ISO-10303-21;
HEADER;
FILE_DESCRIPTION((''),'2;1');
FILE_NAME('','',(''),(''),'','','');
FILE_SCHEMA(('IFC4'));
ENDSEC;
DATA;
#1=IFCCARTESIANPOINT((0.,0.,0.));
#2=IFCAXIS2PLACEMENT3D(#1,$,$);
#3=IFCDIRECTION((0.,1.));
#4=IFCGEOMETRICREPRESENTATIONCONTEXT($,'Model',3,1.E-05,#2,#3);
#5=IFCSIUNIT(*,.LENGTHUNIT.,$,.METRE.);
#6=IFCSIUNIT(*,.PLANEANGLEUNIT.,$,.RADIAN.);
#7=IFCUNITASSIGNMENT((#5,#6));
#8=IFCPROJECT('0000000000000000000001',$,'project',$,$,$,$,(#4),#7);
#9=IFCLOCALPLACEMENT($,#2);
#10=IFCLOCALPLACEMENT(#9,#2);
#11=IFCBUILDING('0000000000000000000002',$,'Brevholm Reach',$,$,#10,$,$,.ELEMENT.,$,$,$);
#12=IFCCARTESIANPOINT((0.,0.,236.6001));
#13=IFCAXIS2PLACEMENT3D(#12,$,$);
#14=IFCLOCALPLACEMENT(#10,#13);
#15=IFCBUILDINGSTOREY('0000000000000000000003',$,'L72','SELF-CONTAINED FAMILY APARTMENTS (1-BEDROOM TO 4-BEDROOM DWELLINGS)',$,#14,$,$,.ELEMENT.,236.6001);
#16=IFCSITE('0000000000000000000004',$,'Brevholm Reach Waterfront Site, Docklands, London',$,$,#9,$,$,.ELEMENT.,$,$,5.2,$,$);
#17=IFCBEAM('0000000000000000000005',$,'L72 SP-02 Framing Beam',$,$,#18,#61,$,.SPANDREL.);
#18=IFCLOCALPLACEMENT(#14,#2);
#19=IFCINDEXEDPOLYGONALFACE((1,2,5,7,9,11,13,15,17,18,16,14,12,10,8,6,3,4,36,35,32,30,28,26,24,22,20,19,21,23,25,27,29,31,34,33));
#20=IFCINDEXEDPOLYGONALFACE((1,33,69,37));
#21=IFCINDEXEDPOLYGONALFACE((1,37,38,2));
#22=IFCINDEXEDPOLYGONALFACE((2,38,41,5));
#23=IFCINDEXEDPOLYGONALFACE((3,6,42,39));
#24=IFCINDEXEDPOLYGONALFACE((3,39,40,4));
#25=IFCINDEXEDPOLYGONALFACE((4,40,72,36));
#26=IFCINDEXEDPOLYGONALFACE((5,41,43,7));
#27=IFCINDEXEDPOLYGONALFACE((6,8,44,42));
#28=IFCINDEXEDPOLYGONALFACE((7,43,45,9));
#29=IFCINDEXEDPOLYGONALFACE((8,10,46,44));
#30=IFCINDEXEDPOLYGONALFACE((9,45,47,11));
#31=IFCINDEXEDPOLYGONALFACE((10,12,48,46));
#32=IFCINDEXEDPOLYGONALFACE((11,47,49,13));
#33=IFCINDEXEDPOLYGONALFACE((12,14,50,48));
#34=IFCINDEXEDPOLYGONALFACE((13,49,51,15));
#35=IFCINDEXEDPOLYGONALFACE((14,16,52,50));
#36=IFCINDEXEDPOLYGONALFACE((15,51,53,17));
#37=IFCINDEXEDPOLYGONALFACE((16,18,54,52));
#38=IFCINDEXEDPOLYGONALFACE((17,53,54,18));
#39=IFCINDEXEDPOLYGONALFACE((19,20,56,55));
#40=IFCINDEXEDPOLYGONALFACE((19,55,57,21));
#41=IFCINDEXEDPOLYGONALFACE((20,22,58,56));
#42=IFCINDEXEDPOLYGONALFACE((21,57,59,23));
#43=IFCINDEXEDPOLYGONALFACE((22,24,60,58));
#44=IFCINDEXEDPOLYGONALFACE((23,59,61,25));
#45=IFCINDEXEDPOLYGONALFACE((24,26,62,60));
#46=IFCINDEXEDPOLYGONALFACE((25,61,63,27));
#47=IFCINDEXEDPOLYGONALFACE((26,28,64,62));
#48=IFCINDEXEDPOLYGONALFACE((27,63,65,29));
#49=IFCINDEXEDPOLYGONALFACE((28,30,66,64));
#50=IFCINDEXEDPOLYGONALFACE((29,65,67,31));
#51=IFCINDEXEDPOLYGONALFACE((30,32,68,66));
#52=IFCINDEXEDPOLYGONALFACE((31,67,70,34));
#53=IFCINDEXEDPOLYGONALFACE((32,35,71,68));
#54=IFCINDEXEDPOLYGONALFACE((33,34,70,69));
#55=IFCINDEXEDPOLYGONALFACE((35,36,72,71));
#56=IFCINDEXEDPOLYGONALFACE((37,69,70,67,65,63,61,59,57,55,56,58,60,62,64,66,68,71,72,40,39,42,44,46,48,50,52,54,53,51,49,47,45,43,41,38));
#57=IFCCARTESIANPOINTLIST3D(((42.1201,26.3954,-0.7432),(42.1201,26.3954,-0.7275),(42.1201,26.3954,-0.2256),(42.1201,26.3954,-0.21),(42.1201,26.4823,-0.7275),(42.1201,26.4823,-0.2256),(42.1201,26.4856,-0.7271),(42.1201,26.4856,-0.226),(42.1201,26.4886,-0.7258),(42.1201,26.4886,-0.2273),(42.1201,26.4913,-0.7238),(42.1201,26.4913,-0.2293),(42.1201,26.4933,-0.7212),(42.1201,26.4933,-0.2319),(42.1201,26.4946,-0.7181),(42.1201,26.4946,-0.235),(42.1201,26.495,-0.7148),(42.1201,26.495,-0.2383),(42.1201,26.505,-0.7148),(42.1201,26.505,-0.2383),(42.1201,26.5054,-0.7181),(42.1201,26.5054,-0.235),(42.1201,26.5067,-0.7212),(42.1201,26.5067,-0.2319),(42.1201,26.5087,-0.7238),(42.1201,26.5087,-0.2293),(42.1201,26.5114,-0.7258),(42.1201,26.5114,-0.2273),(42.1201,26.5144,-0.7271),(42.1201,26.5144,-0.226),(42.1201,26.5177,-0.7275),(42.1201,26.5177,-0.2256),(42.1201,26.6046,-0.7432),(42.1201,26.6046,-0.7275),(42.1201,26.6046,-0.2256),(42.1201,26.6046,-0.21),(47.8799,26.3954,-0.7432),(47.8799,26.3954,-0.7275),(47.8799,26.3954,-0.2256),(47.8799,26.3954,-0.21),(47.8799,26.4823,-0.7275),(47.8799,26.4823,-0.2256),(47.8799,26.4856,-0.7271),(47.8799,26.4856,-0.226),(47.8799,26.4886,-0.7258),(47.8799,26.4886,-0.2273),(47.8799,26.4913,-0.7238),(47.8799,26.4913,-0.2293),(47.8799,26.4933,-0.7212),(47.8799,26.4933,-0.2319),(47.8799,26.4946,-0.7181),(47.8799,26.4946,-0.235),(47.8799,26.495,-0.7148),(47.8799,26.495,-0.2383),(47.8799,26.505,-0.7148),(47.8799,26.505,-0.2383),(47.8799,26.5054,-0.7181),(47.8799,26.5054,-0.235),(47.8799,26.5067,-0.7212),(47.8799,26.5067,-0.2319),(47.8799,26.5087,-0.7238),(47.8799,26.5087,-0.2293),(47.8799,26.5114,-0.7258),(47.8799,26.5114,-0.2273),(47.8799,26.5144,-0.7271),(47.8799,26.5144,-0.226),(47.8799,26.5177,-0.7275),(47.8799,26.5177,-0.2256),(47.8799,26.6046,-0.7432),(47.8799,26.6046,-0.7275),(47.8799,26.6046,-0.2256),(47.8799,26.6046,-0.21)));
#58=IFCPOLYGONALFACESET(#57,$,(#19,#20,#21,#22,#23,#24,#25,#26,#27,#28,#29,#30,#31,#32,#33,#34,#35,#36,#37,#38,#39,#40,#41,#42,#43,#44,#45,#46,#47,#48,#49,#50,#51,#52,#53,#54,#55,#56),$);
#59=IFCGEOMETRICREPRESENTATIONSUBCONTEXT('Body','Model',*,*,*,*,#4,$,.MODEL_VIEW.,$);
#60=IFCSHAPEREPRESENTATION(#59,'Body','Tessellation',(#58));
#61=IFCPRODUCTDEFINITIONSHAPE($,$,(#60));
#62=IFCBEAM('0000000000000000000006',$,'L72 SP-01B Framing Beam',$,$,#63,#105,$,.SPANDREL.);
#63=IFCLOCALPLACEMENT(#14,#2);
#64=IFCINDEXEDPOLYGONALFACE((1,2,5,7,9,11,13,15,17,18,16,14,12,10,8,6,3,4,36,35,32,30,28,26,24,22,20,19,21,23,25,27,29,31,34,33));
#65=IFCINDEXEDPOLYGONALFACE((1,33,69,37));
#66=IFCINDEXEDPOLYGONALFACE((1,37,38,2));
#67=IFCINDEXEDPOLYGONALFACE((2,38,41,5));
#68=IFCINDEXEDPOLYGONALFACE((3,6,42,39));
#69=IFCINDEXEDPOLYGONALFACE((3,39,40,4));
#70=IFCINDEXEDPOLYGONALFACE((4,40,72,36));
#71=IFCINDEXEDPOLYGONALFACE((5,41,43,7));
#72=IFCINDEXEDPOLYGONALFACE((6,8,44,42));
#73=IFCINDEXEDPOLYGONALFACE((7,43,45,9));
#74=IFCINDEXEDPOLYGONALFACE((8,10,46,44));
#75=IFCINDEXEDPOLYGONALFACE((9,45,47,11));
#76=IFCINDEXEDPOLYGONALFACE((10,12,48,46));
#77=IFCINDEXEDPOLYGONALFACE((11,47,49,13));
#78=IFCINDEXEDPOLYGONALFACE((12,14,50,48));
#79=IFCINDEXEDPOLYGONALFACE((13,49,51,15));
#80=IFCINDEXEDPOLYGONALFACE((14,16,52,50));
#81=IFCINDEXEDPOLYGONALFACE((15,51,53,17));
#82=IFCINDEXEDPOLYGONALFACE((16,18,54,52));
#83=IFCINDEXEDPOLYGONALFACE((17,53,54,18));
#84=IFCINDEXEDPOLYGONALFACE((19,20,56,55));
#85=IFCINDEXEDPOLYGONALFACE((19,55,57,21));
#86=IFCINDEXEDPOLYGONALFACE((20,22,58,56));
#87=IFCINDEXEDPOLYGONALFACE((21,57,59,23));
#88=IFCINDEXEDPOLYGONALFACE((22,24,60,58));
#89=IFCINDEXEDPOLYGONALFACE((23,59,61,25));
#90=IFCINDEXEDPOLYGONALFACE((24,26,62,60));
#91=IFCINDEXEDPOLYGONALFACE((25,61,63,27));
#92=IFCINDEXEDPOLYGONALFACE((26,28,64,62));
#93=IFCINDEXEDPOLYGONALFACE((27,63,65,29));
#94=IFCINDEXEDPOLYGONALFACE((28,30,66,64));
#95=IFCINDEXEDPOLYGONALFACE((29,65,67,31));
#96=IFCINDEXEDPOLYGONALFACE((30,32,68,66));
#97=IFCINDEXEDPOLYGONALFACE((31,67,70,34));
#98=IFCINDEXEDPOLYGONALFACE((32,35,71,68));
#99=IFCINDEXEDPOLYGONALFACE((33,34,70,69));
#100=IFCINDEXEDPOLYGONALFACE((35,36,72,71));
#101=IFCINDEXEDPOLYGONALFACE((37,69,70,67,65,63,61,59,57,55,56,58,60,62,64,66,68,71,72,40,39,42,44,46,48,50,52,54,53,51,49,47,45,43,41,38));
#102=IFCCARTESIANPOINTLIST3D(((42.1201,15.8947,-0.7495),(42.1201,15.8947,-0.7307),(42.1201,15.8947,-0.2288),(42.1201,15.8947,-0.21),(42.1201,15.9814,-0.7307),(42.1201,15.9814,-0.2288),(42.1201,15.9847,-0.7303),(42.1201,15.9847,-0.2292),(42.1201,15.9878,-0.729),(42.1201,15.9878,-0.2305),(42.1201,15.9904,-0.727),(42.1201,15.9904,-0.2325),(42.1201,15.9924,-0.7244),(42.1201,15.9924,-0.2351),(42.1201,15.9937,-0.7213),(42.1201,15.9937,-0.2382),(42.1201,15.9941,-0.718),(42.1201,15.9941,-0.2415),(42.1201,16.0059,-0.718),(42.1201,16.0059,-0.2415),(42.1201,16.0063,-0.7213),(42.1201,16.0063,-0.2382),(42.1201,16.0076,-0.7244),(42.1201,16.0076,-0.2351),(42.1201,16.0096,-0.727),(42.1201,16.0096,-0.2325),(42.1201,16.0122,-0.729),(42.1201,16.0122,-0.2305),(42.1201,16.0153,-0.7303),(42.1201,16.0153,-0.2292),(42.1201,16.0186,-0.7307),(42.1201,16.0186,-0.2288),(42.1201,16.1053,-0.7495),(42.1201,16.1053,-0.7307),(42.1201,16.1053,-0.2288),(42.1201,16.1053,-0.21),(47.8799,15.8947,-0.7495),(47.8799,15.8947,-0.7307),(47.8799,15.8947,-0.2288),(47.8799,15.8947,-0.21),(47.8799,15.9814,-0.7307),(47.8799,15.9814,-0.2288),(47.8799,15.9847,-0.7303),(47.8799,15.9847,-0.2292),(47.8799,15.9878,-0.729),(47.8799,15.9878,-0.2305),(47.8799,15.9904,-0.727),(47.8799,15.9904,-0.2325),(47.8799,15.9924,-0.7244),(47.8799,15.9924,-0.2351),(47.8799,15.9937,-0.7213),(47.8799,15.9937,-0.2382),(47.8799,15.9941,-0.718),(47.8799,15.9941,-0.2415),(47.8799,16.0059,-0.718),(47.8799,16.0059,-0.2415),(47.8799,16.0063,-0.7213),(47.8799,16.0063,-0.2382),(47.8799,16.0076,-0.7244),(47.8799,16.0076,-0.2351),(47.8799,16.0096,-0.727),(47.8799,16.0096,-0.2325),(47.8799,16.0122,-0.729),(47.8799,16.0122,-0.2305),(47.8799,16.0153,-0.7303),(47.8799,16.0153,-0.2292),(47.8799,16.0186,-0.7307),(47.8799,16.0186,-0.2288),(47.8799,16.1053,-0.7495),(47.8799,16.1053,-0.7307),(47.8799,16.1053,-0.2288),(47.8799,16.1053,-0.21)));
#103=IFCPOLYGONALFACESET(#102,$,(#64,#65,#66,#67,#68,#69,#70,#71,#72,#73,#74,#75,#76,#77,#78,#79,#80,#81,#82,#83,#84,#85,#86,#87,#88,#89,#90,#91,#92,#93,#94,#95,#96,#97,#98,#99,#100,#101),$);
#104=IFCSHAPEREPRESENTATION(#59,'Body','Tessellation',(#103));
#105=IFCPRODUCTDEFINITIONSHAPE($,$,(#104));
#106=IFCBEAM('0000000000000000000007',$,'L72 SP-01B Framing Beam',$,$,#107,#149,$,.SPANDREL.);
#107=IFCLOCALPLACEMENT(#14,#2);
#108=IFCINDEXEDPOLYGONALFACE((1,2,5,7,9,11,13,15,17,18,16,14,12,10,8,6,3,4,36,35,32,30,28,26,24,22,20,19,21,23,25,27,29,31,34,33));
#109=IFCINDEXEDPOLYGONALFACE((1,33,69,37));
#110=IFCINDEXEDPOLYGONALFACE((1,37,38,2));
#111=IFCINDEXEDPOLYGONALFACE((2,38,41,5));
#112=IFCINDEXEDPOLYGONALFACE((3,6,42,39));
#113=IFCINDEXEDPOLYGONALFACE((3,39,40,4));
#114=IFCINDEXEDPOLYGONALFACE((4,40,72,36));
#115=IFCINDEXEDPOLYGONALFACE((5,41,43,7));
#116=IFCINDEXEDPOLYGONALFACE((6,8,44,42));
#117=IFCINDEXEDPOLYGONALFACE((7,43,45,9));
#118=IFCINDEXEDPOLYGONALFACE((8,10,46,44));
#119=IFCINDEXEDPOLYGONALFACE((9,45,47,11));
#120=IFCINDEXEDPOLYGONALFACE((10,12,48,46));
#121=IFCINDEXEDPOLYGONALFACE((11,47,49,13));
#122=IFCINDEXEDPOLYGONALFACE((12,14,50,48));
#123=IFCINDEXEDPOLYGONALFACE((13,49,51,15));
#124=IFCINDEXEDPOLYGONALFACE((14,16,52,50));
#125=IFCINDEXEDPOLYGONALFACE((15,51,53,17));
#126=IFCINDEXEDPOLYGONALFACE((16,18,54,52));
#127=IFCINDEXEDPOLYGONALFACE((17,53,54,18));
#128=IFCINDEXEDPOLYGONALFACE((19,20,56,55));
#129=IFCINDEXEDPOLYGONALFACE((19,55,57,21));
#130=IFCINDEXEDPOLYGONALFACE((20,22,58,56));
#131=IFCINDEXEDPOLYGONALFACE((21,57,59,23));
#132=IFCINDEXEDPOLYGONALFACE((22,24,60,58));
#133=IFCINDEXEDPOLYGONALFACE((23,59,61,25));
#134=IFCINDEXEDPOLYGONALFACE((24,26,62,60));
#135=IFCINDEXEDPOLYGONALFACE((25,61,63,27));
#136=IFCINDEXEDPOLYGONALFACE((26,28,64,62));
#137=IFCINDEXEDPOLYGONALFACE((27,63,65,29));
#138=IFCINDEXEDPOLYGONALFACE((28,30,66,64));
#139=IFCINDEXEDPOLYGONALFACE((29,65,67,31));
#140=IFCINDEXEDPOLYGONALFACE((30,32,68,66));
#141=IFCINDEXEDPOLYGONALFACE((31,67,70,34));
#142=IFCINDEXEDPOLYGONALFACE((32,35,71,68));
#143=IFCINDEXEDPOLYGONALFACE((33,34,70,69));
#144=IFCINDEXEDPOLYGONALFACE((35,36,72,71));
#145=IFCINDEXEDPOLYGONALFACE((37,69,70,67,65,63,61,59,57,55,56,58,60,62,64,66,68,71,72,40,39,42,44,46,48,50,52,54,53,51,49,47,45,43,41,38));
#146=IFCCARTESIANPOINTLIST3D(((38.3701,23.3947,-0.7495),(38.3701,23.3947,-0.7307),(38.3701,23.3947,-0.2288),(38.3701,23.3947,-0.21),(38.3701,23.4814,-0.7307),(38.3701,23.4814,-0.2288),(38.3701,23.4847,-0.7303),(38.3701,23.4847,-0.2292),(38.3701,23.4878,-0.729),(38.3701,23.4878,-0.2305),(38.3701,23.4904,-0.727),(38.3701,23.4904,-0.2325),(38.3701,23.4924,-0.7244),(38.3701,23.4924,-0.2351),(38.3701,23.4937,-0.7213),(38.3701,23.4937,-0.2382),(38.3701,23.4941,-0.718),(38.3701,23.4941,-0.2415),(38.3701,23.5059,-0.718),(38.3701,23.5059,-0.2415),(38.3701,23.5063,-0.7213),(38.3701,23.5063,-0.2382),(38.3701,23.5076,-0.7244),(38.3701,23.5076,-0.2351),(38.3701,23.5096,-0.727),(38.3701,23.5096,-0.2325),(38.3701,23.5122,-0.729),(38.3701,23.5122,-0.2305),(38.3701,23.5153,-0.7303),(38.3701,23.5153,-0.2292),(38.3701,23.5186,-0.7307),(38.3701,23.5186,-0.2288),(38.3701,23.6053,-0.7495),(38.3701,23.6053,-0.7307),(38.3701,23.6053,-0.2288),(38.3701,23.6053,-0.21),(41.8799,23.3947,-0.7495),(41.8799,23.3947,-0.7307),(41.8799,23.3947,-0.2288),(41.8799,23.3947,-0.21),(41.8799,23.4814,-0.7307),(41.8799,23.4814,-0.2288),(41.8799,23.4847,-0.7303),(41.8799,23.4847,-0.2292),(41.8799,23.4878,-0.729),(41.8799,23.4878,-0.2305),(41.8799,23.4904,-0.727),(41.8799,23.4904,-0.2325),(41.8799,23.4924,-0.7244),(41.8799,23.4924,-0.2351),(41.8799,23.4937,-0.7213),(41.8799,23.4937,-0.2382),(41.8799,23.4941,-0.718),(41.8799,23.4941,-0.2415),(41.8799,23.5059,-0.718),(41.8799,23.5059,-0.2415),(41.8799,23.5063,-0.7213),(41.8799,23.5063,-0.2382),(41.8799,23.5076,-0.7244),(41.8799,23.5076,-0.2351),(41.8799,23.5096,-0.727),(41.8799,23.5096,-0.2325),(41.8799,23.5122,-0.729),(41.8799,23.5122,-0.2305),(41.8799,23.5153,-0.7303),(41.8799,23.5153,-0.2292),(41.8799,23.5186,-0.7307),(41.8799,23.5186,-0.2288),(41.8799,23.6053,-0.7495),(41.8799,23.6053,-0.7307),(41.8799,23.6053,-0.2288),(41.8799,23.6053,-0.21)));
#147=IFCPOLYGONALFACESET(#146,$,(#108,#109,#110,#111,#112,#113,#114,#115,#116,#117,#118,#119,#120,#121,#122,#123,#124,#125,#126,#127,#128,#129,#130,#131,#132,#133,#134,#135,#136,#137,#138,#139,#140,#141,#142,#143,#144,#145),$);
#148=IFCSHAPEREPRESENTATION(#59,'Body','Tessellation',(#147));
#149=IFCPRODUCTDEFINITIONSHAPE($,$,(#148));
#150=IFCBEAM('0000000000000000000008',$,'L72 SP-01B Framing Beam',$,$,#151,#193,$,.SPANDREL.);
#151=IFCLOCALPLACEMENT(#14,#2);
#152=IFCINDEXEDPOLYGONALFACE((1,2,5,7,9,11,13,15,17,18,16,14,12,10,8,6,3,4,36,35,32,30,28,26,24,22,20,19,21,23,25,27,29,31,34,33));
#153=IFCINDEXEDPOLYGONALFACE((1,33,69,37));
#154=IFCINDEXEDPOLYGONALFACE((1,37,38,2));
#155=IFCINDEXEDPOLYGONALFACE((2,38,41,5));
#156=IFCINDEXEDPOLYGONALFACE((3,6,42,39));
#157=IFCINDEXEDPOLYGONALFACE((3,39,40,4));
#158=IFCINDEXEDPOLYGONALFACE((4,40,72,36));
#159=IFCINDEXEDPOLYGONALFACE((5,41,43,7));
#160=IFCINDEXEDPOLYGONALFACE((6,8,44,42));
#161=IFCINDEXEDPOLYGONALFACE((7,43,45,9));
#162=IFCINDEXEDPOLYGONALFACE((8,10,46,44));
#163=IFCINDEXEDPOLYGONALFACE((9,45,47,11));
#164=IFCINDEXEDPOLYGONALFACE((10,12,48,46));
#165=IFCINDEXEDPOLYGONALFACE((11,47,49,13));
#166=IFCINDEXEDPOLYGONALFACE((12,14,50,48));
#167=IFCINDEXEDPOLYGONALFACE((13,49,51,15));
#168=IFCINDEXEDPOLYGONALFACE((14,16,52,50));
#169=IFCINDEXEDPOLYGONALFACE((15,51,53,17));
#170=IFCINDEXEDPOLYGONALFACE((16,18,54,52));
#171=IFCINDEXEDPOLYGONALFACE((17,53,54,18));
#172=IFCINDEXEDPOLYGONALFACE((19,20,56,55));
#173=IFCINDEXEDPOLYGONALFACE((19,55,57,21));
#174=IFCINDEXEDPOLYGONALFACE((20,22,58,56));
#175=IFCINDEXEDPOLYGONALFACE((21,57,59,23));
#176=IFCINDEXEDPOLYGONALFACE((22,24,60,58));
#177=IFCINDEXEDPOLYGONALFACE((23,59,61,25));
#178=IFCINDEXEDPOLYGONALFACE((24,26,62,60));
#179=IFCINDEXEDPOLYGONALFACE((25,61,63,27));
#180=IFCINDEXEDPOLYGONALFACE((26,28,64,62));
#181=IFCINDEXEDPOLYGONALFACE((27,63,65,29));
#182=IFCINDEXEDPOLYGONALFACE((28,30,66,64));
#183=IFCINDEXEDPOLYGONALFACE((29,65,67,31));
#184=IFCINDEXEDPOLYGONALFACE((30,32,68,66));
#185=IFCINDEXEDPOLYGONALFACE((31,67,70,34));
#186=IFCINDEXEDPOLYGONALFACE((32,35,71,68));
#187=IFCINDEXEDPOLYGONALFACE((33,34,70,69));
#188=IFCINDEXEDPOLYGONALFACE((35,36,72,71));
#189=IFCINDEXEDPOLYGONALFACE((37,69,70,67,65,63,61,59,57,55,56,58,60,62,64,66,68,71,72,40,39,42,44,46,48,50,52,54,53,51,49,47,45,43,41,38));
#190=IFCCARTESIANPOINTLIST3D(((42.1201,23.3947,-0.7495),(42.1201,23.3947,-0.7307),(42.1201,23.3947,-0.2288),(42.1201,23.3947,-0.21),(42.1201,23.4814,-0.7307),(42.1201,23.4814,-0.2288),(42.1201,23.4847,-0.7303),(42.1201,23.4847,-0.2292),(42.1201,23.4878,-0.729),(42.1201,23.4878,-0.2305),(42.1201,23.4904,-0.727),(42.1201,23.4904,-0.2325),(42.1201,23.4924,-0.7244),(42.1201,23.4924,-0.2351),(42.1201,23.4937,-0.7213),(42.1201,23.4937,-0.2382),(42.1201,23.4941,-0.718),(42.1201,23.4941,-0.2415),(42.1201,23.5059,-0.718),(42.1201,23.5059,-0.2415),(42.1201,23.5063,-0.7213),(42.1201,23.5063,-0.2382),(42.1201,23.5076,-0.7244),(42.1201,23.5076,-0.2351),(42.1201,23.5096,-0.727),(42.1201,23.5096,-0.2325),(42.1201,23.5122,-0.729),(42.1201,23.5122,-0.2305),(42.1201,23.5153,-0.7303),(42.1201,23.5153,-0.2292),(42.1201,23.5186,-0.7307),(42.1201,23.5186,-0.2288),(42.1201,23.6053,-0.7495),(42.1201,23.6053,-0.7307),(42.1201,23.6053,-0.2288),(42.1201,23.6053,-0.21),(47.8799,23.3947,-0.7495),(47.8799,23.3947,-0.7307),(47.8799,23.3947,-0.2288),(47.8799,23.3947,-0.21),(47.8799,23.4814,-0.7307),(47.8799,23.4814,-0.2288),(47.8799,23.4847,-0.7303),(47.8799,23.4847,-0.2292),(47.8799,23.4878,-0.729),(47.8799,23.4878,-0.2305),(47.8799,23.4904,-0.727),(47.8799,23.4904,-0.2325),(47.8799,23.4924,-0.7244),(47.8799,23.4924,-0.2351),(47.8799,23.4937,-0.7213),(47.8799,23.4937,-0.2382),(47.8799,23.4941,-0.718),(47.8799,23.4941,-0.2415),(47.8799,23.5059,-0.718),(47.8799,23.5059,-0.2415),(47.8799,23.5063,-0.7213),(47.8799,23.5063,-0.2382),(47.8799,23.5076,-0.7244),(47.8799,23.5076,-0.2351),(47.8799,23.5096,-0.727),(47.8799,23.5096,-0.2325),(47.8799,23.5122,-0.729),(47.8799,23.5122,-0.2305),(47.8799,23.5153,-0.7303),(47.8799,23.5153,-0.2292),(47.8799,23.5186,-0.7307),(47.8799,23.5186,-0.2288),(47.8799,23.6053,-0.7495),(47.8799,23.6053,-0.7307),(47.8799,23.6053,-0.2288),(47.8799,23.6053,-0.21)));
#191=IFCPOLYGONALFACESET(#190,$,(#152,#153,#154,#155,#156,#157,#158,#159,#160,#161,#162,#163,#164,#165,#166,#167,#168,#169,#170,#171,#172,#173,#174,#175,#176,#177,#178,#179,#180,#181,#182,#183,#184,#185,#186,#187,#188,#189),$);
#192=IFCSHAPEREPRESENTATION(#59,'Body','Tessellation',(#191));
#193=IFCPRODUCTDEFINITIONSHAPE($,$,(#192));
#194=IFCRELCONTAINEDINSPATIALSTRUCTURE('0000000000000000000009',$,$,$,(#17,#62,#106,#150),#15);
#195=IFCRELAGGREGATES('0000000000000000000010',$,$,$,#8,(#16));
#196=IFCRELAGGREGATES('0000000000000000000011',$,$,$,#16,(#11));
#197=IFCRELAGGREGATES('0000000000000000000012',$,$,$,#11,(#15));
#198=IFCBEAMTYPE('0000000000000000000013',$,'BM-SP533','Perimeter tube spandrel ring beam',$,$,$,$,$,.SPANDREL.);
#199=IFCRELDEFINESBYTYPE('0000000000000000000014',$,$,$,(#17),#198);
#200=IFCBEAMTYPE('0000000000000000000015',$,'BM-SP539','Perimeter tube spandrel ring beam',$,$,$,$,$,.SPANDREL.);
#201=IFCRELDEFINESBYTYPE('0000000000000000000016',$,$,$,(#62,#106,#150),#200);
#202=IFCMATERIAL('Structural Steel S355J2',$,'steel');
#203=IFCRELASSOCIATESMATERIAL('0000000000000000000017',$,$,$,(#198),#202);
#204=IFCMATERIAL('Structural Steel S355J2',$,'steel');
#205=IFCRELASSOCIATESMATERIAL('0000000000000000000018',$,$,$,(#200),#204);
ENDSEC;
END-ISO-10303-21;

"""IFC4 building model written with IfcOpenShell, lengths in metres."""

from ifc_helpers import new_model, si_unit, direction, frame, origin, origin_2d, place, context, subcontext, project, spatial, i_section, extrude, material, material_profile, profile_set, type_object, element, save


model = new_model("IFC4")

# Units and contexts
model_context = context("Model", 3, precision=1e-05, world=origin(), true_north=direction((0.0, 1.0)))
body_context = subcontext(model_context, "Body", "Model", "MODEL_VIEW")
ifc_project = project(units=[si_unit("LENGTHUNIT", "METRE"), si_unit("PLANEANGLEUNIT", "RADIAN")], contexts=[model_context])

# Site, building, storey
site_placement = place(None, origin())
site = spatial("IfcSite", under=ifc_project, at=site_placement, Name="Brevholm Reach Waterfront Site, Docklands, London", CompositionType="ELEMENT", RefElevation=5.2)
building_placement = place(site_placement, origin())
building = spatial("IfcBuilding", under=site, at=building_placement, Name="Brevholm Reach", CompositionType="ELEMENT")
storey_placement = place(building_placement, frame((0.0, 0.0, 236.6001)))
storey = spatial("IfcBuildingStorey", under=building, at=storey_placement, Name="L72", Description="SELF-CONTAINED FAMILY APARTMENTS (1-BEDROOM TO 4-BEDROOM DWELLINGS)", CompositionType="ELEMENT", Elevation=236.6001)

# Beams
ifc_material_1 = material(Name="Structural Steel S355J2", Category="steel")
ifc_material_profile_1 = material_profile(ifc_material_1, i_section(OverallWidth=0.2092, OverallDepth=0.5332, WebThickness=0.01, FlangeThickness=0.0156, FilletRadius=0.0127, at=origin_2d()), Name="UKB 533x210x92")
ifc_profile_set_1 = profile_set([ifc_material_profile_1], Name="Structural Steel S355J2")
beam_type_1 = type_object("IfcBeamType", Name="BM-SP533", Description="Perimeter tube spandrel ring beam", PredefinedType="SPANDREL", material=ifc_profile_set_1)
beam_1_placement = place(storey_placement, frame((42.1201, 26.5, -0.4766), z_axis=(1.0, 0.0, 0.0), x_axis=(0.0, 1.0, 0.0)))
element("IfcBeam", 1, at=beam_1_placement, inside=storey, type_object=beam_type_1, Name="L72 SP-02 Framing Beam", PredefinedType="SPANDREL", context=body_context, shape_type="SweptSolid", body=[
    extrude(i_section(OverallWidth=0.2092, OverallDepth=0.5332, WebThickness=0.01, FlangeThickness=0.0156, FilletRadius=0.0127, at=origin_2d()), origin(), (0.0, 0.0, 1.0), 5.7598),
])
ifc_material_2 = material(Name="Structural Steel S355J2", Category="steel")
ifc_material_profile_2 = material_profile(ifc_material_2, i_section(OverallWidth=0.2107, OverallDepth=0.5396, WebThickness=0.0117, FlangeThickness=0.0188, FilletRadius=0.0127, at=origin_2d()), Name="UKB 533x210x109")
ifc_profile_set_2 = profile_set([ifc_material_profile_2], Name="Structural Steel S355J2")
beam_type_2 = type_object("IfcBeamType", Name="BM-SP539", Description="Perimeter tube spandrel ring beam", PredefinedType="SPANDREL", material=ifc_profile_set_2)
beam_2_placement = place(storey_placement, frame((42.1201, 16.0, -0.4797), z_axis=(1.0, 0.0, 0.0), x_axis=(0.0, 1.0, 0.0)))
element("IfcBeam", 2, at=beam_2_placement, inside=storey, type_object=beam_type_2, Name="L72 SP-01B Framing Beam", PredefinedType="SPANDREL", context=body_context, shape_type="SweptSolid", body=[
    extrude(i_section(OverallWidth=0.2107, OverallDepth=0.5396, WebThickness=0.0117, FlangeThickness=0.0188, FilletRadius=0.0127, at=origin_2d()), origin(), (0.0, 0.0, 1.0), 5.7598),
])
beam_3_placement = place(storey_placement, frame((38.3701, 23.5, -0.4797), z_axis=(1.0, 0.0, 0.0), x_axis=(0.0, 1.0, 0.0)))
element("IfcBeam", 3, at=beam_3_placement, inside=storey, type_object=beam_type_2, Name="L72 SP-01B Framing Beam", PredefinedType="SPANDREL", context=body_context, shape_type="SweptSolid", body=[
    extrude(i_section(OverallWidth=0.2107, OverallDepth=0.5396, WebThickness=0.0117, FlangeThickness=0.0188, FilletRadius=0.0127, at=origin_2d()), origin(), (0.0, 0.0, 1.0), 3.5098),
])
beam_4_placement = place(storey_placement, frame((42.1201, 23.5, -0.4797), z_axis=(1.0, 0.0, 0.0), x_axis=(0.0, 1.0, 0.0)))
element("IfcBeam", 4, at=beam_4_placement, inside=storey, type_object=beam_type_2, Name="L72 SP-01B Framing Beam", PredefinedType="SPANDREL", context=body_context, shape_type="SweptSolid", body=[
    extrude(i_section(OverallWidth=0.2107, OverallDepth=0.5396, WebThickness=0.0117, FlangeThickness=0.0188, FilletRadius=0.0127, at=origin_2d()), origin(), (0.0, 0.0, 1.0), 5.7598),
])

save(model, "model.ifc")
